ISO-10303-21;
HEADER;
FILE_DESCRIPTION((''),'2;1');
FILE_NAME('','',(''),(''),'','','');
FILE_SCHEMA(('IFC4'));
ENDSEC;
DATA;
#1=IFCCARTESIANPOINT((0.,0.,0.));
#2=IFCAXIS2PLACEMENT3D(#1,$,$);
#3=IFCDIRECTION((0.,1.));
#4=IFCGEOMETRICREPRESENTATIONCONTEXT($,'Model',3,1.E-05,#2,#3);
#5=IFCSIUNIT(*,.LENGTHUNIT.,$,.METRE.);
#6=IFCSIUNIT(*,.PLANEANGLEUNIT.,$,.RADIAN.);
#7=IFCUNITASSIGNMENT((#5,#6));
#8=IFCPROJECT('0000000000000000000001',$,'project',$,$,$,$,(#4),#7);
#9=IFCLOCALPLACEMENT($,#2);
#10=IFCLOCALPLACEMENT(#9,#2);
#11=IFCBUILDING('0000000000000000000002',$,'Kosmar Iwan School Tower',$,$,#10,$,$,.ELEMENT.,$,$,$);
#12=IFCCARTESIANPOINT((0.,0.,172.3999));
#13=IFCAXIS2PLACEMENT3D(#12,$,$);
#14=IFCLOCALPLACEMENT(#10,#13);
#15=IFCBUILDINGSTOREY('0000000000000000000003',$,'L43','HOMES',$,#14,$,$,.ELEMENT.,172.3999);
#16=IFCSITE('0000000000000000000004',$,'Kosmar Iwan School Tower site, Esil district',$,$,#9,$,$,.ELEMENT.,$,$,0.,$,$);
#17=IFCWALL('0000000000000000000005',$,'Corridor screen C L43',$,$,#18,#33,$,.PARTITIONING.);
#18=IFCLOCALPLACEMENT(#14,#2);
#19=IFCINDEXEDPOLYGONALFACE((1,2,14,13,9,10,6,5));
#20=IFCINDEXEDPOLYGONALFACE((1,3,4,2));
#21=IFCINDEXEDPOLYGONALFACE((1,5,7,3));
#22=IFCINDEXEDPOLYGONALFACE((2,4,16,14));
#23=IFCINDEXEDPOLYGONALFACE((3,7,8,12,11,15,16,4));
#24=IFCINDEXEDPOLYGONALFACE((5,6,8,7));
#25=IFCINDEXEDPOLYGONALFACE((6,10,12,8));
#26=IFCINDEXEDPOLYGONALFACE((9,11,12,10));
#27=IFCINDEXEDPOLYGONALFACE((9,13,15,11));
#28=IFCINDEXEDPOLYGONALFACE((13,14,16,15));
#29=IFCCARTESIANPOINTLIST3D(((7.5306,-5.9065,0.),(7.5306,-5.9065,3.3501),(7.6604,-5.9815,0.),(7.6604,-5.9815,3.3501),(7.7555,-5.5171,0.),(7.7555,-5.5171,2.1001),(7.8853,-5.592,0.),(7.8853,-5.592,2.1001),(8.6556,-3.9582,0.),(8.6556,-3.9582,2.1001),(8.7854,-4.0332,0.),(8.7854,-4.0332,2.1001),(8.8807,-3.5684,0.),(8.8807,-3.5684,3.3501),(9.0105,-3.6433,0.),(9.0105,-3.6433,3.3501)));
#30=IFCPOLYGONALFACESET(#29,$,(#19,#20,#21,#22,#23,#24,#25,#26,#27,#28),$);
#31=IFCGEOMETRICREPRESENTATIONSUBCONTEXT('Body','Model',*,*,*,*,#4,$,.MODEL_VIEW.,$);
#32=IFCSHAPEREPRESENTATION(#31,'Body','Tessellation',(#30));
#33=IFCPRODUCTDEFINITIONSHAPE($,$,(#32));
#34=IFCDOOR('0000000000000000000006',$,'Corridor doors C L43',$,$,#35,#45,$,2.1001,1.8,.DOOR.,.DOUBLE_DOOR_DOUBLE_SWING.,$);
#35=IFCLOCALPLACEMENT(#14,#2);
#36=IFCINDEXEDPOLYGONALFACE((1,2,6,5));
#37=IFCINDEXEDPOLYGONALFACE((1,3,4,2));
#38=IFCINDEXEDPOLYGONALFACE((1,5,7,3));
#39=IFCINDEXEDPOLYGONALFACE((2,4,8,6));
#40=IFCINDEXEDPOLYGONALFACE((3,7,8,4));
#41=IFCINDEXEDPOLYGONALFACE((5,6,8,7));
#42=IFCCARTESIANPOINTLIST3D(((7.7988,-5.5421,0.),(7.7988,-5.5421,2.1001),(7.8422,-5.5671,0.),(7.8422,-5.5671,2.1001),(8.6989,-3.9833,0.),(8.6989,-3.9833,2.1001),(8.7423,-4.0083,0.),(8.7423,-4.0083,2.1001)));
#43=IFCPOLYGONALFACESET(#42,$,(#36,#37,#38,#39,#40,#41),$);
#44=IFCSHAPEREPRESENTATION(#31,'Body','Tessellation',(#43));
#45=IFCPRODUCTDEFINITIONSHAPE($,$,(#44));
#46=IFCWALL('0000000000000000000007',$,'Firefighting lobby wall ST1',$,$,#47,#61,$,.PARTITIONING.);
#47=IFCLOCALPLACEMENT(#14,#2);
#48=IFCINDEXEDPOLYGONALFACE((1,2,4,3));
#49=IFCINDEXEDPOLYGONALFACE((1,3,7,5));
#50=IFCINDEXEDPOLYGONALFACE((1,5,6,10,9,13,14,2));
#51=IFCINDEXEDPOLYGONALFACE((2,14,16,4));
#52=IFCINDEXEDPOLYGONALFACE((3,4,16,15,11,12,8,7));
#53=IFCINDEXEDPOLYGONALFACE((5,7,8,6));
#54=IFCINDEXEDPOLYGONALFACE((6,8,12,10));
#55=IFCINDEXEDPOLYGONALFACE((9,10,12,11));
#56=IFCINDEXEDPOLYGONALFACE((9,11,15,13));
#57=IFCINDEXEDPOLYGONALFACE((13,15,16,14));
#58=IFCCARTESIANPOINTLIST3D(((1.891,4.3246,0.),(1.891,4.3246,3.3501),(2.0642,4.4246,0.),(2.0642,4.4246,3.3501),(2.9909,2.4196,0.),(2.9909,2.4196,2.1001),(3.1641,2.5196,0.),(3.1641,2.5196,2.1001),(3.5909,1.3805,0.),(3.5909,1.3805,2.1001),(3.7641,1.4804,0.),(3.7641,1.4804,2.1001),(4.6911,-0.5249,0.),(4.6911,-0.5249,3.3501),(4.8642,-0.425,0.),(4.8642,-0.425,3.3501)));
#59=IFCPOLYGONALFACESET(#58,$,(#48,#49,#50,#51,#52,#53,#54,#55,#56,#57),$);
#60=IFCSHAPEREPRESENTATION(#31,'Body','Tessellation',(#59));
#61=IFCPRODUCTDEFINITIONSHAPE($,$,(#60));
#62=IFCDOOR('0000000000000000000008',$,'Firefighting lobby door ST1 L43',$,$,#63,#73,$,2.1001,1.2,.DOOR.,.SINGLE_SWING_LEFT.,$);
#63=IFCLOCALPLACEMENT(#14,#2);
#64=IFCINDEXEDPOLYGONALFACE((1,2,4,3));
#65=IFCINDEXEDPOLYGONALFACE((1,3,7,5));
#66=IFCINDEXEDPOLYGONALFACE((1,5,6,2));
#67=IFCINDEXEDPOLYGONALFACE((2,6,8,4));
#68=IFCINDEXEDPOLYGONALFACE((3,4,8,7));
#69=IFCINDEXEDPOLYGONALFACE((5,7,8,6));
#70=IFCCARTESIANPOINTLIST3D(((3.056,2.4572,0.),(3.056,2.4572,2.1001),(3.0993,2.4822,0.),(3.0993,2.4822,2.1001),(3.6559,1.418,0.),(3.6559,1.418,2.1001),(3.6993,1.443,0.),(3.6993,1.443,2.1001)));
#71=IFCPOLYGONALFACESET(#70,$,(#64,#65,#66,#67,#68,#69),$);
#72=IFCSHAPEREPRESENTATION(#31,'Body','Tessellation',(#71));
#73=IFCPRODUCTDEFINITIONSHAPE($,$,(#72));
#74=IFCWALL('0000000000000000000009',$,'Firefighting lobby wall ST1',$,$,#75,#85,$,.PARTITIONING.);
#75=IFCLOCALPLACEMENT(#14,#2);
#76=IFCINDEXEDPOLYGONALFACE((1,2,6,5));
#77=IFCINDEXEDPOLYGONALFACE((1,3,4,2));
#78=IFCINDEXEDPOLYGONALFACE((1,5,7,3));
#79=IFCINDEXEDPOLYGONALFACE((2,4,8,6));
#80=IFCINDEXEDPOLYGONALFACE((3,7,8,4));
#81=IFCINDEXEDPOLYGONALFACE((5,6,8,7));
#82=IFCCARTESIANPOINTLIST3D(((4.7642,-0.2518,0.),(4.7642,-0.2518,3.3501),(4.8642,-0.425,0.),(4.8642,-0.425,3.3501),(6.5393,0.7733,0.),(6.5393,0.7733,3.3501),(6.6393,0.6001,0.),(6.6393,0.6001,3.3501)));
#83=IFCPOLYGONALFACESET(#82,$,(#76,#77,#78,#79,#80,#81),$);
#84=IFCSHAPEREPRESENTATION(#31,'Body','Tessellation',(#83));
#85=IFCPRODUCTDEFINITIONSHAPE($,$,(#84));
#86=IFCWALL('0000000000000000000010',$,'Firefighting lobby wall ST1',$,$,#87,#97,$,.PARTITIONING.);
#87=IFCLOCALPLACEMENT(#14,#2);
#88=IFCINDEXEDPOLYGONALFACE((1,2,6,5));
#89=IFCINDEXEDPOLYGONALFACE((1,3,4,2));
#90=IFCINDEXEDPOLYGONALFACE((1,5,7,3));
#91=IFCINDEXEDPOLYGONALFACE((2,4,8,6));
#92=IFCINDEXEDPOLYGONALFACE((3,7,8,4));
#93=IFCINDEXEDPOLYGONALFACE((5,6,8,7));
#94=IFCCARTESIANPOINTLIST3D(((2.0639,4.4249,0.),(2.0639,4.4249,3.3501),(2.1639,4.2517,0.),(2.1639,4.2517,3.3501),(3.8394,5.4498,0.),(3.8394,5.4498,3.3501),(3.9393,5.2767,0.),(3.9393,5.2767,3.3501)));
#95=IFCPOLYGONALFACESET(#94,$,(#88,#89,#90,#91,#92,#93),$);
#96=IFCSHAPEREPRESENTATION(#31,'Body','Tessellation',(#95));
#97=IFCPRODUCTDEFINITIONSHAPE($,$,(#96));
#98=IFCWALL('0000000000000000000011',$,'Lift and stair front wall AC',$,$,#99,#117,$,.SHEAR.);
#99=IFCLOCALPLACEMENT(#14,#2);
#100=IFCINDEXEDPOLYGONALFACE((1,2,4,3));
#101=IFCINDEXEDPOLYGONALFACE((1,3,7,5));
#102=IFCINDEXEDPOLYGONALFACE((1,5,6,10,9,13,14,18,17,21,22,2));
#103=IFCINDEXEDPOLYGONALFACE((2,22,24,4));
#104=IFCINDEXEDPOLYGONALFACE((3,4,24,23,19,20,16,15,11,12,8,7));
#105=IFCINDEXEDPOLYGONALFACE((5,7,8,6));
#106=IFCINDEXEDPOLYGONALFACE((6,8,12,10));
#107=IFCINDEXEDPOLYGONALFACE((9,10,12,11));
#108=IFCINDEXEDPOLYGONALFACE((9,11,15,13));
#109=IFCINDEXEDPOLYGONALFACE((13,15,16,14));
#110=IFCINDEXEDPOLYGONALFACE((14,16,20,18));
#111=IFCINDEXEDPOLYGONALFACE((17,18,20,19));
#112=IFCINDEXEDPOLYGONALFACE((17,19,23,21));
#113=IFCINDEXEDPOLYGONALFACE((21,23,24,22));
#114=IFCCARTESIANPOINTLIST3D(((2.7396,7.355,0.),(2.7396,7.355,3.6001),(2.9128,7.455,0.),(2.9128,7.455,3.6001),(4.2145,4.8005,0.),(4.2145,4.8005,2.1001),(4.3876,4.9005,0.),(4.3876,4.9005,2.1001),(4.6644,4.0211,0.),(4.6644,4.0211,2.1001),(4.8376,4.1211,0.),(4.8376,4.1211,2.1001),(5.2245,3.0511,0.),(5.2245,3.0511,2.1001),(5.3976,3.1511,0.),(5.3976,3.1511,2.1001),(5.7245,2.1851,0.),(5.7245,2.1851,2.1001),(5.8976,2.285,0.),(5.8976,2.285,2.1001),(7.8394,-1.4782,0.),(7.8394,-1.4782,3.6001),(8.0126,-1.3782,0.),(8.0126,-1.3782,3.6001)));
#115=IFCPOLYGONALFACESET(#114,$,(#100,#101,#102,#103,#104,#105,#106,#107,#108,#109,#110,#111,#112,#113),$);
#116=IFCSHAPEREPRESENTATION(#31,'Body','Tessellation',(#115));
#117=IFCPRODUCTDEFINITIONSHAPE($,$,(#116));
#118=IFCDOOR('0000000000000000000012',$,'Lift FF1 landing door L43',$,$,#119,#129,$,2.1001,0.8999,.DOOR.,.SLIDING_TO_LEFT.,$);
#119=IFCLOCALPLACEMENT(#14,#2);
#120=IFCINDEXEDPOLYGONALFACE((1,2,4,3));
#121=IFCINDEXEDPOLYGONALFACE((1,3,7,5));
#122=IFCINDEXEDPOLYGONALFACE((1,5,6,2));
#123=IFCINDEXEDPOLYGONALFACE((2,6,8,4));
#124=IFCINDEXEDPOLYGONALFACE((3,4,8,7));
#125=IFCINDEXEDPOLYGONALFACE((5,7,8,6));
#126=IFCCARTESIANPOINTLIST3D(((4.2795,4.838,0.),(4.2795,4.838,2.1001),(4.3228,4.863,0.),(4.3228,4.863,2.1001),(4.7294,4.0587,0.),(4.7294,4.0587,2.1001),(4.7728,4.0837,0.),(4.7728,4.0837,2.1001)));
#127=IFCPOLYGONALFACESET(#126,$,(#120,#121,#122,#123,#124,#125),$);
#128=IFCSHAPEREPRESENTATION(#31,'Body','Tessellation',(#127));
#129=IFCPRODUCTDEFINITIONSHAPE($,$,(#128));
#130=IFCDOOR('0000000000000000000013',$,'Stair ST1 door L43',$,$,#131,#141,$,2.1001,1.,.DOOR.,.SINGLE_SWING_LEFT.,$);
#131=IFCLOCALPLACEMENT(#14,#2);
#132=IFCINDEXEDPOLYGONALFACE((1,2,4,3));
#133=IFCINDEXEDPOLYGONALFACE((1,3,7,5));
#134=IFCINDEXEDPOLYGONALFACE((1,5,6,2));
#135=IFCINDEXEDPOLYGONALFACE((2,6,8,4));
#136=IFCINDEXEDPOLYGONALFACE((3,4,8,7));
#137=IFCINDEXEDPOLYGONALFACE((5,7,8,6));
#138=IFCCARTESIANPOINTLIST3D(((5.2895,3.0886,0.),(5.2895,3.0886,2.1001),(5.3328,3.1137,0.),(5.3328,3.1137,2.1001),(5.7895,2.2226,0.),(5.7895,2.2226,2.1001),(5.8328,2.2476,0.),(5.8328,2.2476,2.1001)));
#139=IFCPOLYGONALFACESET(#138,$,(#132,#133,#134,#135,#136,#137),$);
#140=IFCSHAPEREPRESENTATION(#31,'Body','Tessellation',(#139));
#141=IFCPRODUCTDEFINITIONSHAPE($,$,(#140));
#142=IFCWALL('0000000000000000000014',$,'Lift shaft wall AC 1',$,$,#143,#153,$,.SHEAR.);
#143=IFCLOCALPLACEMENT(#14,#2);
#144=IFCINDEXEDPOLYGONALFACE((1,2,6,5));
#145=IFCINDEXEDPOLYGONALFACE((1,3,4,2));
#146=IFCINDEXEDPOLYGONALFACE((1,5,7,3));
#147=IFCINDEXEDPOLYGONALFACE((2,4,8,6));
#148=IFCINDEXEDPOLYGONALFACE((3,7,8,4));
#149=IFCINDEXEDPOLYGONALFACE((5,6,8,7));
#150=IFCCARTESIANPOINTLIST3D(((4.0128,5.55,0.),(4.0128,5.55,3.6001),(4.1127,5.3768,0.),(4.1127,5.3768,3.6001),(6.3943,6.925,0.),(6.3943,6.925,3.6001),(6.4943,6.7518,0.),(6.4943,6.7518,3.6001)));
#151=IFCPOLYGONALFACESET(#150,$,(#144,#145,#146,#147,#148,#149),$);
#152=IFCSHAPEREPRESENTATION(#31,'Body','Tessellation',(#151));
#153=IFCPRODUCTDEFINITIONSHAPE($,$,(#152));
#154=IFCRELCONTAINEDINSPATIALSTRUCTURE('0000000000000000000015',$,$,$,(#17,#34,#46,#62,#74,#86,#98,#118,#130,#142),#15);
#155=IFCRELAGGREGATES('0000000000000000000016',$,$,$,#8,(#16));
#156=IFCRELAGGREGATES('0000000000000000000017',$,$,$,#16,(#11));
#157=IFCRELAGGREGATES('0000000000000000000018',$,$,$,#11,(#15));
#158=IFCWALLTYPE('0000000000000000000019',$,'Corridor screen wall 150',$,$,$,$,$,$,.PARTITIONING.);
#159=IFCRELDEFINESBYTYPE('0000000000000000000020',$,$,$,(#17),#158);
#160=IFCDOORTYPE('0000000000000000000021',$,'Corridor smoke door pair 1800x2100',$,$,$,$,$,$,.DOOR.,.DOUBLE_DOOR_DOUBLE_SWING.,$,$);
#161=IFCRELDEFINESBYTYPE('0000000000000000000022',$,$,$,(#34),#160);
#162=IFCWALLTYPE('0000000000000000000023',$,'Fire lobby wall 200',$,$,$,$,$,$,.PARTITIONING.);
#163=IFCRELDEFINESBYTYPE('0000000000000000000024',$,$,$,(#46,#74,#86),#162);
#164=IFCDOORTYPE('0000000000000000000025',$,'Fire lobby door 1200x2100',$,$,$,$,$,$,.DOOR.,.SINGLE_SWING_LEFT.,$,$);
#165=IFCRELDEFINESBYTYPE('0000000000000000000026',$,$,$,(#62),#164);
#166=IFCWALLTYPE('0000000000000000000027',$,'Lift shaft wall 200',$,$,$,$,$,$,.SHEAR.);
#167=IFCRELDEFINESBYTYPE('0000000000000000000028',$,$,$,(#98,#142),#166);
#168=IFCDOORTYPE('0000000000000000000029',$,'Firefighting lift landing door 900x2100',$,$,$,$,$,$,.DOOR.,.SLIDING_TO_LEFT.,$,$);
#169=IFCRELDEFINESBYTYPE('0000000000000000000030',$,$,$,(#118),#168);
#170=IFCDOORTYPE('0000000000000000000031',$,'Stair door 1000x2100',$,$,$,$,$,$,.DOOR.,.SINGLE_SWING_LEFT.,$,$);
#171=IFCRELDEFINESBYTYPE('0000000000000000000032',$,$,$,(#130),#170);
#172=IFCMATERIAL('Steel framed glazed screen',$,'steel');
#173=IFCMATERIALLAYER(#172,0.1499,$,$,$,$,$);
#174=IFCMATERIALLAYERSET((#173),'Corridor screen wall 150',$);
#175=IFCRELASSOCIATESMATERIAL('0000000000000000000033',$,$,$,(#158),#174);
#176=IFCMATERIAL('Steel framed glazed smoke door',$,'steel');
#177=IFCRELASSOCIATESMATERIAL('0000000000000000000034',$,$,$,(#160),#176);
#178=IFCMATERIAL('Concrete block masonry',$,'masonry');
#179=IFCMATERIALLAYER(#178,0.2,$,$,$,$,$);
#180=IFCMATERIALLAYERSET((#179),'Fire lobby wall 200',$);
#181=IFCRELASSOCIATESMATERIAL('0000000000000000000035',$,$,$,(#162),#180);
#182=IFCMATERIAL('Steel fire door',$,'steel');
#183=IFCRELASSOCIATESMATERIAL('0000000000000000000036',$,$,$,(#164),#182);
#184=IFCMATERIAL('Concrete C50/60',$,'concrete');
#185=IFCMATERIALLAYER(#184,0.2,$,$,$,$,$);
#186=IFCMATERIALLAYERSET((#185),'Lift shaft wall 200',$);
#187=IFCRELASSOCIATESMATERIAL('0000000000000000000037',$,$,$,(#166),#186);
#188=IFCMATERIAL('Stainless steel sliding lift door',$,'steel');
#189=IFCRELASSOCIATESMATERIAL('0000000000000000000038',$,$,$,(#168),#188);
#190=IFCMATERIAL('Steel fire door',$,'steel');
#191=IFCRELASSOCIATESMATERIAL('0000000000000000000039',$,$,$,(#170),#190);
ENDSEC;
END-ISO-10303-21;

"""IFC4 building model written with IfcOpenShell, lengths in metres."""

from ifc_helpers import new_model, si_unit, direction, frame, frame_2d, origin, place, context, subcontext, project, spatial, rectangle, extrude, material, layer, layer_set, type_object, element, fill, save


model = new_model("IFC4")

# Units and contexts
model_context = context("Model", 3, precision=1e-05, world=origin(), true_north=direction((0.0, 1.0)))
body_context = subcontext(model_context, "Body", "Model", "MODEL_VIEW")
ifc_project = project(units=[si_unit("LENGTHUNIT", "METRE"), si_unit("PLANEANGLEUNIT", "RADIAN")], contexts=[model_context])

# Site, building, storey
site_placement = place(None, origin())
site = spatial("IfcSite", under=ifc_project, at=site_placement, Name="Kosmar Iwan School Tower site, Esil district", CompositionType="ELEMENT", RefElevation=0.0)
building_placement = place(site_placement, origin())
building = spatial("IfcBuilding", under=site, at=building_placement, Name="Kosmar Iwan School Tower", CompositionType="ELEMENT")
storey_placement = place(building_placement, frame((0.0, 0.0, 172.3999)))
storey = spatial("IfcBuildingStorey", under=building, at=storey_placement, Name="L43", Description="HOMES", CompositionType="ELEMENT", Elevation=172.3999)

# Walls, openings, doors
ifc_material_1 = material(Name="Steel framed glazed screen", Category="steel")
ifc_layer_1 = layer(ifc_material_1, 0.1499)
ifc_layer_set_1 = layer_set([ifc_layer_1], Name="Corridor screen wall 150")
wall_type_1 = type_object("IfcWallType", Name="Corridor screen wall 150", PredefinedType="PARTITIONING", material=ifc_layer_set_1)
wall_1_placement = place(storey_placement, frame((7.5955, -5.9441, 0.0), z_axis=(0.0, 0.0, 1.0), x_axis=(0.500049, 0.865997, 0.0)))
wall_1 = element("IfcWall", 1, at=wall_1_placement, inside=storey, type_object=wall_type_1, Name="Corridor screen C L43", PredefinedType="PARTITIONING", context=body_context, shape_type="SweptSolid", body=[
    extrude(rectangle(XDim=2.7, YDim=0.1499, at=frame_2d((1.3501, 0.0))), origin(), (0.0, 0.0, 1.0), 3.3501),
])
opening_1_placement = place(wall_1_placement, frame((0.45, 0.0, 0.0)))
opening_1 = element("IfcOpeningElement", 2, at=opening_1_placement, cuts=wall_1, PredefinedType="OPENING", context=body_context, shape_type="SweptSolid", body=[
    extrude(rectangle(XDim=1.8, YDim=2.1001, at=frame_2d((0.8999, 1.05))), frame((0.0, 0.0869, 0.0), z_axis=(0.0, -1.0, 0.0), x_axis=(1.0, 0.0, 0.0)), (0.0, 0.0, 1.0), 0.1738),
])
ifc_material_2 = material(Name="Steel framed glazed smoke door", Category="steel")
door_type_1 = type_object("IfcDoorType", Name="Corridor smoke door pair 1800x2100", OperationType="DOUBLE_DOOR_DOUBLE_SWING", PredefinedType="DOOR", material=ifc_material_2)
door_1_placement = place(opening_1_placement, origin())
door_1 = element("IfcDoor", 3, at=door_1_placement, inside=storey, type_object=door_type_1, Name="Corridor doors C L43", OperationType="DOUBLE_DOOR_DOUBLE_SWING", OverallHeight=2.1001, OverallWidth=1.8, PredefinedType="DOOR", context=body_context, shape_type="SweptSolid", body=[
    extrude(rectangle(XDim=1.8, YDim=2.1001, at=frame_2d((0.8999, 1.05))), frame((0.0, 0.0249, 0.0), z_axis=(0.0, -1.0, 0.0), x_axis=(1.0, 0.0, 0.0)), (0.0, 0.0, 1.0), 0.05),
])
fill(opening_1, door_1)
ifc_material_3 = material(Name="Concrete block masonry", Category="masonry")
ifc_layer_2 = layer(ifc_material_3, 0.2)
ifc_layer_set_2 = layer_set([ifc_layer_2], Name="Fire lobby wall 200")
wall_type_2 = type_object("IfcWallType", Name="Fire lobby wall 200", PredefinedType="PARTITIONING", material=ifc_layer_set_2)
wall_2_placement = place(storey_placement, frame((4.7776, -0.4749, 0.0), z_axis=(0.0, 0.0, 1.0), x_axis=(-0.500017, 0.866016, 0.0)))
wall_2 = element("IfcWall", 4, at=wall_2_placement, inside=storey, type_object=wall_type_2, Name="Firefighting lobby wall ST1", PredefinedType="PARTITIONING", context=body_context, shape_type="SweptSolid", body=[
    extrude(rectangle(XDim=5.5999, YDim=0.2, at=frame_2d((2.7998, 0.0))), origin(), (0.0, 0.0, 1.0), 3.3501),
])
opening_2_placement = place(wall_2_placement, frame((2.2, 0.0, 0.0)))
opening_2 = element("IfcOpeningElement", 5, at=opening_2_placement, cuts=wall_2, PredefinedType="OPENING", context=body_context, shape_type="SweptSolid", body=[
    extrude(rectangle(XDim=1.2, YDim=2.1001, at=frame_2d((0.6001, 1.05))), frame((0.0, 0.1121, 0.0), z_axis=(0.0, -1.0, 0.0), x_axis=(1.0, 0.0, 0.0)), (0.0, 0.0, 1.0), 0.2239),
])
ifc_material_4 = material(Name="Steel fire door", Category="steel")
door_type_2 = type_object("IfcDoorType", Name="Fire lobby door 1200x2100", OperationType="SINGLE_SWING_LEFT", PredefinedType="DOOR", material=ifc_material_4)
door_2_placement = place(opening_2_placement, origin())
door_2 = element("IfcDoor", 6, at=door_2_placement, inside=storey, type_object=door_type_2, Name="Firefighting lobby door ST1 L43", OperationType="SINGLE_SWING_LEFT", OverallHeight=2.1001, OverallWidth=1.2, PredefinedType="DOOR", context=body_context, shape_type="SweptSolid", body=[
    extrude(rectangle(XDim=1.2, YDim=2.1001, at=frame_2d((0.6001, 1.05))), frame((0.0, 0.0249, 0.0), z_axis=(0.0, -1.0, 0.0), x_axis=(1.0, 0.0, 0.0)), (0.0, 0.0, 1.0), 0.05),
])
fill(opening_2, door_2)

# Walls
wall_3_placement = place(storey_placement, frame((4.8142, -0.3384, 0.0), z_axis=(0.0, 0.0, 1.0), x_axis=(0.865969, 0.500097, 0.0)))
element("IfcWall", 7, at=wall_3_placement, inside=storey, type_object=wall_type_2, Name="Firefighting lobby wall ST1", PredefinedType="PARTITIONING", context=body_context, shape_type="SweptSolid", body=[
    extrude(rectangle(XDim=2.0498, YDim=0.2, at=frame_2d((1.0249, 0.0))), origin(), (0.0, 0.0, 1.0), 3.3501),
])
wall_4_placement = place(storey_placement, frame((2.114, 4.3384, 0.0), z_axis=(0.0, 0.0, 1.0), x_axis=(0.866051, 0.499956, 0.0)))
element("IfcWall", 8, at=wall_4_placement, inside=storey, type_object=wall_type_2, Name="Firefighting lobby wall ST1", PredefinedType="PARTITIONING", context=body_context, shape_type="SweptSolid", body=[
    extrude(rectangle(XDim=2.05, YDim=0.2, at=frame_2d((1.0249, 0.0))), origin(), (0.0, 0.0, 1.0), 3.3501),
])

# Wall, openings, doors
ifc_material_5 = material(Name="Concrete C50/60", Category="concrete")
ifc_layer_3 = layer(ifc_material_5, 0.2)
ifc_layer_set_3 = layer_set([ifc_layer_3], Name="Lift shaft wall 200")
wall_type_3 = type_object("IfcWallType", Name="Lift shaft wall 200", PredefinedType="SHEAR", material=ifc_layer_set_3)
wall_5_placement = place(storey_placement, frame((7.926, -1.4282, 0.0), z_axis=(0.0, 0.0, 1.0), x_axis=(-0.499998, 0.866027, 0.0)))
wall_5 = element("IfcWall", 9, at=wall_5_placement, inside=storey, type_object=wall_type_3, Name="Lift and stair front wall AC", PredefinedType="SHEAR", context=body_context, shape_type="SweptSolid", body=[
    extrude(rectangle(XDim=10.1997, YDim=0.2, at=frame_2d((5.0999, 0.0))), origin(), (0.0, 0.0, 1.0), 3.6001),
])
opening_3_placement = place(wall_5_placement, frame((6.3501, 0.0, 0.0)))
opening_3 = element("IfcOpeningElement", 10, at=opening_3_placement, cuts=wall_5, PredefinedType="OPENING", context=body_context, shape_type="SweptSolid", body=[
    extrude(rectangle(XDim=0.8999, YDim=2.1001, at=frame_2d((0.45, 1.05))), frame((0.0, 0.1121, 0.0), z_axis=(0.0, -1.0, 0.0), x_axis=(1.0, 0.0, 0.0)), (0.0, 0.0, 1.0), 0.2239),
])
opening_4_placement = place(wall_5_placement, frame((4.23, 0.0, 0.0)))
opening_4 = element("IfcOpeningElement", 11, at=opening_4_placement, cuts=wall_5, PredefinedType="OPENING", context=body_context, shape_type="SweptSolid", body=[
    extrude(rectangle(XDim=1.0, YDim=2.1001, at=frame_2d((0.5, 1.05))), frame((0.0, 0.1121, 0.0), z_axis=(0.0, -1.0, 0.0), x_axis=(1.0, 0.0, 0.0)), (0.0, 0.0, 1.0), 0.2239),
])
ifc_material_6 = material(Name="Stainless steel sliding lift door", Category="steel")
door_type_3 = type_object("IfcDoorType", Name="Firefighting lift landing door 900x2100", OperationType="SLIDING_TO_LEFT", PredefinedType="DOOR", material=ifc_material_6)
door_3_placement = place(opening_3_placement, origin())
door_3 = element("IfcDoor", 12, at=door_3_placement, inside=storey, type_object=door_type_3, Name="Lift FF1 landing door L43", OperationType="SLIDING_TO_LEFT", OverallHeight=2.1001, OverallWidth=0.8999, PredefinedType="DOOR", context=body_context, shape_type="SweptSolid", body=[
    extrude(rectangle(XDim=0.8999, YDim=2.1001, at=frame_2d((0.45, 1.05))), frame((0.0, 0.0249, 0.0), z_axis=(0.0, -1.0, 0.0), x_axis=(1.0, 0.0, 0.0)), (0.0, 0.0, 1.0), 0.05),
])
fill(opening_3, door_3)
ifc_material_7 = material(Name="Steel fire door", Category="steel")
door_type_4 = type_object("IfcDoorType", Name="Stair door 1000x2100", OperationType="SINGLE_SWING_LEFT", PredefinedType="DOOR", material=ifc_material_7)
door_4_placement = place(opening_4_placement, origin())
door_4 = element("IfcDoor", 13, at=door_4_placement, inside=storey, type_object=door_type_4, Name="Stair ST1 door L43", OperationType="SINGLE_SWING_LEFT", OverallHeight=2.1001, OverallWidth=1.0, PredefinedType="DOOR", context=body_context, shape_type="SweptSolid", body=[
    extrude(rectangle(XDim=1.0, YDim=2.1001, at=frame_2d((0.5, 1.05))), frame((0.0, 0.0249, 0.0), z_axis=(0.0, -1.0, 0.0), x_axis=(1.0, 0.0, 0.0)), (0.0, 0.0, 1.0), 0.05),
])
fill(opening_4, door_4)

# Wall
wall_6_placement = place(storey_placement, frame((4.0627, 5.4634, 0.0), z_axis=(0.0, 0.0, 1.0), x_axis=(0.866027, 0.499997, 0.0)))
element("IfcWall", 14, at=wall_6_placement, inside=storey, type_object=wall_type_3, Name="Lift shaft wall AC 1", PredefinedType="SHEAR", context=body_context, shape_type="SweptSolid", body=[
    extrude(rectangle(XDim=2.75, YDim=0.2, at=frame_2d((1.375, 0.0))), origin(), (0.0, 0.0, 1.0), 3.6001),
])

save(model, "model.ifc")
